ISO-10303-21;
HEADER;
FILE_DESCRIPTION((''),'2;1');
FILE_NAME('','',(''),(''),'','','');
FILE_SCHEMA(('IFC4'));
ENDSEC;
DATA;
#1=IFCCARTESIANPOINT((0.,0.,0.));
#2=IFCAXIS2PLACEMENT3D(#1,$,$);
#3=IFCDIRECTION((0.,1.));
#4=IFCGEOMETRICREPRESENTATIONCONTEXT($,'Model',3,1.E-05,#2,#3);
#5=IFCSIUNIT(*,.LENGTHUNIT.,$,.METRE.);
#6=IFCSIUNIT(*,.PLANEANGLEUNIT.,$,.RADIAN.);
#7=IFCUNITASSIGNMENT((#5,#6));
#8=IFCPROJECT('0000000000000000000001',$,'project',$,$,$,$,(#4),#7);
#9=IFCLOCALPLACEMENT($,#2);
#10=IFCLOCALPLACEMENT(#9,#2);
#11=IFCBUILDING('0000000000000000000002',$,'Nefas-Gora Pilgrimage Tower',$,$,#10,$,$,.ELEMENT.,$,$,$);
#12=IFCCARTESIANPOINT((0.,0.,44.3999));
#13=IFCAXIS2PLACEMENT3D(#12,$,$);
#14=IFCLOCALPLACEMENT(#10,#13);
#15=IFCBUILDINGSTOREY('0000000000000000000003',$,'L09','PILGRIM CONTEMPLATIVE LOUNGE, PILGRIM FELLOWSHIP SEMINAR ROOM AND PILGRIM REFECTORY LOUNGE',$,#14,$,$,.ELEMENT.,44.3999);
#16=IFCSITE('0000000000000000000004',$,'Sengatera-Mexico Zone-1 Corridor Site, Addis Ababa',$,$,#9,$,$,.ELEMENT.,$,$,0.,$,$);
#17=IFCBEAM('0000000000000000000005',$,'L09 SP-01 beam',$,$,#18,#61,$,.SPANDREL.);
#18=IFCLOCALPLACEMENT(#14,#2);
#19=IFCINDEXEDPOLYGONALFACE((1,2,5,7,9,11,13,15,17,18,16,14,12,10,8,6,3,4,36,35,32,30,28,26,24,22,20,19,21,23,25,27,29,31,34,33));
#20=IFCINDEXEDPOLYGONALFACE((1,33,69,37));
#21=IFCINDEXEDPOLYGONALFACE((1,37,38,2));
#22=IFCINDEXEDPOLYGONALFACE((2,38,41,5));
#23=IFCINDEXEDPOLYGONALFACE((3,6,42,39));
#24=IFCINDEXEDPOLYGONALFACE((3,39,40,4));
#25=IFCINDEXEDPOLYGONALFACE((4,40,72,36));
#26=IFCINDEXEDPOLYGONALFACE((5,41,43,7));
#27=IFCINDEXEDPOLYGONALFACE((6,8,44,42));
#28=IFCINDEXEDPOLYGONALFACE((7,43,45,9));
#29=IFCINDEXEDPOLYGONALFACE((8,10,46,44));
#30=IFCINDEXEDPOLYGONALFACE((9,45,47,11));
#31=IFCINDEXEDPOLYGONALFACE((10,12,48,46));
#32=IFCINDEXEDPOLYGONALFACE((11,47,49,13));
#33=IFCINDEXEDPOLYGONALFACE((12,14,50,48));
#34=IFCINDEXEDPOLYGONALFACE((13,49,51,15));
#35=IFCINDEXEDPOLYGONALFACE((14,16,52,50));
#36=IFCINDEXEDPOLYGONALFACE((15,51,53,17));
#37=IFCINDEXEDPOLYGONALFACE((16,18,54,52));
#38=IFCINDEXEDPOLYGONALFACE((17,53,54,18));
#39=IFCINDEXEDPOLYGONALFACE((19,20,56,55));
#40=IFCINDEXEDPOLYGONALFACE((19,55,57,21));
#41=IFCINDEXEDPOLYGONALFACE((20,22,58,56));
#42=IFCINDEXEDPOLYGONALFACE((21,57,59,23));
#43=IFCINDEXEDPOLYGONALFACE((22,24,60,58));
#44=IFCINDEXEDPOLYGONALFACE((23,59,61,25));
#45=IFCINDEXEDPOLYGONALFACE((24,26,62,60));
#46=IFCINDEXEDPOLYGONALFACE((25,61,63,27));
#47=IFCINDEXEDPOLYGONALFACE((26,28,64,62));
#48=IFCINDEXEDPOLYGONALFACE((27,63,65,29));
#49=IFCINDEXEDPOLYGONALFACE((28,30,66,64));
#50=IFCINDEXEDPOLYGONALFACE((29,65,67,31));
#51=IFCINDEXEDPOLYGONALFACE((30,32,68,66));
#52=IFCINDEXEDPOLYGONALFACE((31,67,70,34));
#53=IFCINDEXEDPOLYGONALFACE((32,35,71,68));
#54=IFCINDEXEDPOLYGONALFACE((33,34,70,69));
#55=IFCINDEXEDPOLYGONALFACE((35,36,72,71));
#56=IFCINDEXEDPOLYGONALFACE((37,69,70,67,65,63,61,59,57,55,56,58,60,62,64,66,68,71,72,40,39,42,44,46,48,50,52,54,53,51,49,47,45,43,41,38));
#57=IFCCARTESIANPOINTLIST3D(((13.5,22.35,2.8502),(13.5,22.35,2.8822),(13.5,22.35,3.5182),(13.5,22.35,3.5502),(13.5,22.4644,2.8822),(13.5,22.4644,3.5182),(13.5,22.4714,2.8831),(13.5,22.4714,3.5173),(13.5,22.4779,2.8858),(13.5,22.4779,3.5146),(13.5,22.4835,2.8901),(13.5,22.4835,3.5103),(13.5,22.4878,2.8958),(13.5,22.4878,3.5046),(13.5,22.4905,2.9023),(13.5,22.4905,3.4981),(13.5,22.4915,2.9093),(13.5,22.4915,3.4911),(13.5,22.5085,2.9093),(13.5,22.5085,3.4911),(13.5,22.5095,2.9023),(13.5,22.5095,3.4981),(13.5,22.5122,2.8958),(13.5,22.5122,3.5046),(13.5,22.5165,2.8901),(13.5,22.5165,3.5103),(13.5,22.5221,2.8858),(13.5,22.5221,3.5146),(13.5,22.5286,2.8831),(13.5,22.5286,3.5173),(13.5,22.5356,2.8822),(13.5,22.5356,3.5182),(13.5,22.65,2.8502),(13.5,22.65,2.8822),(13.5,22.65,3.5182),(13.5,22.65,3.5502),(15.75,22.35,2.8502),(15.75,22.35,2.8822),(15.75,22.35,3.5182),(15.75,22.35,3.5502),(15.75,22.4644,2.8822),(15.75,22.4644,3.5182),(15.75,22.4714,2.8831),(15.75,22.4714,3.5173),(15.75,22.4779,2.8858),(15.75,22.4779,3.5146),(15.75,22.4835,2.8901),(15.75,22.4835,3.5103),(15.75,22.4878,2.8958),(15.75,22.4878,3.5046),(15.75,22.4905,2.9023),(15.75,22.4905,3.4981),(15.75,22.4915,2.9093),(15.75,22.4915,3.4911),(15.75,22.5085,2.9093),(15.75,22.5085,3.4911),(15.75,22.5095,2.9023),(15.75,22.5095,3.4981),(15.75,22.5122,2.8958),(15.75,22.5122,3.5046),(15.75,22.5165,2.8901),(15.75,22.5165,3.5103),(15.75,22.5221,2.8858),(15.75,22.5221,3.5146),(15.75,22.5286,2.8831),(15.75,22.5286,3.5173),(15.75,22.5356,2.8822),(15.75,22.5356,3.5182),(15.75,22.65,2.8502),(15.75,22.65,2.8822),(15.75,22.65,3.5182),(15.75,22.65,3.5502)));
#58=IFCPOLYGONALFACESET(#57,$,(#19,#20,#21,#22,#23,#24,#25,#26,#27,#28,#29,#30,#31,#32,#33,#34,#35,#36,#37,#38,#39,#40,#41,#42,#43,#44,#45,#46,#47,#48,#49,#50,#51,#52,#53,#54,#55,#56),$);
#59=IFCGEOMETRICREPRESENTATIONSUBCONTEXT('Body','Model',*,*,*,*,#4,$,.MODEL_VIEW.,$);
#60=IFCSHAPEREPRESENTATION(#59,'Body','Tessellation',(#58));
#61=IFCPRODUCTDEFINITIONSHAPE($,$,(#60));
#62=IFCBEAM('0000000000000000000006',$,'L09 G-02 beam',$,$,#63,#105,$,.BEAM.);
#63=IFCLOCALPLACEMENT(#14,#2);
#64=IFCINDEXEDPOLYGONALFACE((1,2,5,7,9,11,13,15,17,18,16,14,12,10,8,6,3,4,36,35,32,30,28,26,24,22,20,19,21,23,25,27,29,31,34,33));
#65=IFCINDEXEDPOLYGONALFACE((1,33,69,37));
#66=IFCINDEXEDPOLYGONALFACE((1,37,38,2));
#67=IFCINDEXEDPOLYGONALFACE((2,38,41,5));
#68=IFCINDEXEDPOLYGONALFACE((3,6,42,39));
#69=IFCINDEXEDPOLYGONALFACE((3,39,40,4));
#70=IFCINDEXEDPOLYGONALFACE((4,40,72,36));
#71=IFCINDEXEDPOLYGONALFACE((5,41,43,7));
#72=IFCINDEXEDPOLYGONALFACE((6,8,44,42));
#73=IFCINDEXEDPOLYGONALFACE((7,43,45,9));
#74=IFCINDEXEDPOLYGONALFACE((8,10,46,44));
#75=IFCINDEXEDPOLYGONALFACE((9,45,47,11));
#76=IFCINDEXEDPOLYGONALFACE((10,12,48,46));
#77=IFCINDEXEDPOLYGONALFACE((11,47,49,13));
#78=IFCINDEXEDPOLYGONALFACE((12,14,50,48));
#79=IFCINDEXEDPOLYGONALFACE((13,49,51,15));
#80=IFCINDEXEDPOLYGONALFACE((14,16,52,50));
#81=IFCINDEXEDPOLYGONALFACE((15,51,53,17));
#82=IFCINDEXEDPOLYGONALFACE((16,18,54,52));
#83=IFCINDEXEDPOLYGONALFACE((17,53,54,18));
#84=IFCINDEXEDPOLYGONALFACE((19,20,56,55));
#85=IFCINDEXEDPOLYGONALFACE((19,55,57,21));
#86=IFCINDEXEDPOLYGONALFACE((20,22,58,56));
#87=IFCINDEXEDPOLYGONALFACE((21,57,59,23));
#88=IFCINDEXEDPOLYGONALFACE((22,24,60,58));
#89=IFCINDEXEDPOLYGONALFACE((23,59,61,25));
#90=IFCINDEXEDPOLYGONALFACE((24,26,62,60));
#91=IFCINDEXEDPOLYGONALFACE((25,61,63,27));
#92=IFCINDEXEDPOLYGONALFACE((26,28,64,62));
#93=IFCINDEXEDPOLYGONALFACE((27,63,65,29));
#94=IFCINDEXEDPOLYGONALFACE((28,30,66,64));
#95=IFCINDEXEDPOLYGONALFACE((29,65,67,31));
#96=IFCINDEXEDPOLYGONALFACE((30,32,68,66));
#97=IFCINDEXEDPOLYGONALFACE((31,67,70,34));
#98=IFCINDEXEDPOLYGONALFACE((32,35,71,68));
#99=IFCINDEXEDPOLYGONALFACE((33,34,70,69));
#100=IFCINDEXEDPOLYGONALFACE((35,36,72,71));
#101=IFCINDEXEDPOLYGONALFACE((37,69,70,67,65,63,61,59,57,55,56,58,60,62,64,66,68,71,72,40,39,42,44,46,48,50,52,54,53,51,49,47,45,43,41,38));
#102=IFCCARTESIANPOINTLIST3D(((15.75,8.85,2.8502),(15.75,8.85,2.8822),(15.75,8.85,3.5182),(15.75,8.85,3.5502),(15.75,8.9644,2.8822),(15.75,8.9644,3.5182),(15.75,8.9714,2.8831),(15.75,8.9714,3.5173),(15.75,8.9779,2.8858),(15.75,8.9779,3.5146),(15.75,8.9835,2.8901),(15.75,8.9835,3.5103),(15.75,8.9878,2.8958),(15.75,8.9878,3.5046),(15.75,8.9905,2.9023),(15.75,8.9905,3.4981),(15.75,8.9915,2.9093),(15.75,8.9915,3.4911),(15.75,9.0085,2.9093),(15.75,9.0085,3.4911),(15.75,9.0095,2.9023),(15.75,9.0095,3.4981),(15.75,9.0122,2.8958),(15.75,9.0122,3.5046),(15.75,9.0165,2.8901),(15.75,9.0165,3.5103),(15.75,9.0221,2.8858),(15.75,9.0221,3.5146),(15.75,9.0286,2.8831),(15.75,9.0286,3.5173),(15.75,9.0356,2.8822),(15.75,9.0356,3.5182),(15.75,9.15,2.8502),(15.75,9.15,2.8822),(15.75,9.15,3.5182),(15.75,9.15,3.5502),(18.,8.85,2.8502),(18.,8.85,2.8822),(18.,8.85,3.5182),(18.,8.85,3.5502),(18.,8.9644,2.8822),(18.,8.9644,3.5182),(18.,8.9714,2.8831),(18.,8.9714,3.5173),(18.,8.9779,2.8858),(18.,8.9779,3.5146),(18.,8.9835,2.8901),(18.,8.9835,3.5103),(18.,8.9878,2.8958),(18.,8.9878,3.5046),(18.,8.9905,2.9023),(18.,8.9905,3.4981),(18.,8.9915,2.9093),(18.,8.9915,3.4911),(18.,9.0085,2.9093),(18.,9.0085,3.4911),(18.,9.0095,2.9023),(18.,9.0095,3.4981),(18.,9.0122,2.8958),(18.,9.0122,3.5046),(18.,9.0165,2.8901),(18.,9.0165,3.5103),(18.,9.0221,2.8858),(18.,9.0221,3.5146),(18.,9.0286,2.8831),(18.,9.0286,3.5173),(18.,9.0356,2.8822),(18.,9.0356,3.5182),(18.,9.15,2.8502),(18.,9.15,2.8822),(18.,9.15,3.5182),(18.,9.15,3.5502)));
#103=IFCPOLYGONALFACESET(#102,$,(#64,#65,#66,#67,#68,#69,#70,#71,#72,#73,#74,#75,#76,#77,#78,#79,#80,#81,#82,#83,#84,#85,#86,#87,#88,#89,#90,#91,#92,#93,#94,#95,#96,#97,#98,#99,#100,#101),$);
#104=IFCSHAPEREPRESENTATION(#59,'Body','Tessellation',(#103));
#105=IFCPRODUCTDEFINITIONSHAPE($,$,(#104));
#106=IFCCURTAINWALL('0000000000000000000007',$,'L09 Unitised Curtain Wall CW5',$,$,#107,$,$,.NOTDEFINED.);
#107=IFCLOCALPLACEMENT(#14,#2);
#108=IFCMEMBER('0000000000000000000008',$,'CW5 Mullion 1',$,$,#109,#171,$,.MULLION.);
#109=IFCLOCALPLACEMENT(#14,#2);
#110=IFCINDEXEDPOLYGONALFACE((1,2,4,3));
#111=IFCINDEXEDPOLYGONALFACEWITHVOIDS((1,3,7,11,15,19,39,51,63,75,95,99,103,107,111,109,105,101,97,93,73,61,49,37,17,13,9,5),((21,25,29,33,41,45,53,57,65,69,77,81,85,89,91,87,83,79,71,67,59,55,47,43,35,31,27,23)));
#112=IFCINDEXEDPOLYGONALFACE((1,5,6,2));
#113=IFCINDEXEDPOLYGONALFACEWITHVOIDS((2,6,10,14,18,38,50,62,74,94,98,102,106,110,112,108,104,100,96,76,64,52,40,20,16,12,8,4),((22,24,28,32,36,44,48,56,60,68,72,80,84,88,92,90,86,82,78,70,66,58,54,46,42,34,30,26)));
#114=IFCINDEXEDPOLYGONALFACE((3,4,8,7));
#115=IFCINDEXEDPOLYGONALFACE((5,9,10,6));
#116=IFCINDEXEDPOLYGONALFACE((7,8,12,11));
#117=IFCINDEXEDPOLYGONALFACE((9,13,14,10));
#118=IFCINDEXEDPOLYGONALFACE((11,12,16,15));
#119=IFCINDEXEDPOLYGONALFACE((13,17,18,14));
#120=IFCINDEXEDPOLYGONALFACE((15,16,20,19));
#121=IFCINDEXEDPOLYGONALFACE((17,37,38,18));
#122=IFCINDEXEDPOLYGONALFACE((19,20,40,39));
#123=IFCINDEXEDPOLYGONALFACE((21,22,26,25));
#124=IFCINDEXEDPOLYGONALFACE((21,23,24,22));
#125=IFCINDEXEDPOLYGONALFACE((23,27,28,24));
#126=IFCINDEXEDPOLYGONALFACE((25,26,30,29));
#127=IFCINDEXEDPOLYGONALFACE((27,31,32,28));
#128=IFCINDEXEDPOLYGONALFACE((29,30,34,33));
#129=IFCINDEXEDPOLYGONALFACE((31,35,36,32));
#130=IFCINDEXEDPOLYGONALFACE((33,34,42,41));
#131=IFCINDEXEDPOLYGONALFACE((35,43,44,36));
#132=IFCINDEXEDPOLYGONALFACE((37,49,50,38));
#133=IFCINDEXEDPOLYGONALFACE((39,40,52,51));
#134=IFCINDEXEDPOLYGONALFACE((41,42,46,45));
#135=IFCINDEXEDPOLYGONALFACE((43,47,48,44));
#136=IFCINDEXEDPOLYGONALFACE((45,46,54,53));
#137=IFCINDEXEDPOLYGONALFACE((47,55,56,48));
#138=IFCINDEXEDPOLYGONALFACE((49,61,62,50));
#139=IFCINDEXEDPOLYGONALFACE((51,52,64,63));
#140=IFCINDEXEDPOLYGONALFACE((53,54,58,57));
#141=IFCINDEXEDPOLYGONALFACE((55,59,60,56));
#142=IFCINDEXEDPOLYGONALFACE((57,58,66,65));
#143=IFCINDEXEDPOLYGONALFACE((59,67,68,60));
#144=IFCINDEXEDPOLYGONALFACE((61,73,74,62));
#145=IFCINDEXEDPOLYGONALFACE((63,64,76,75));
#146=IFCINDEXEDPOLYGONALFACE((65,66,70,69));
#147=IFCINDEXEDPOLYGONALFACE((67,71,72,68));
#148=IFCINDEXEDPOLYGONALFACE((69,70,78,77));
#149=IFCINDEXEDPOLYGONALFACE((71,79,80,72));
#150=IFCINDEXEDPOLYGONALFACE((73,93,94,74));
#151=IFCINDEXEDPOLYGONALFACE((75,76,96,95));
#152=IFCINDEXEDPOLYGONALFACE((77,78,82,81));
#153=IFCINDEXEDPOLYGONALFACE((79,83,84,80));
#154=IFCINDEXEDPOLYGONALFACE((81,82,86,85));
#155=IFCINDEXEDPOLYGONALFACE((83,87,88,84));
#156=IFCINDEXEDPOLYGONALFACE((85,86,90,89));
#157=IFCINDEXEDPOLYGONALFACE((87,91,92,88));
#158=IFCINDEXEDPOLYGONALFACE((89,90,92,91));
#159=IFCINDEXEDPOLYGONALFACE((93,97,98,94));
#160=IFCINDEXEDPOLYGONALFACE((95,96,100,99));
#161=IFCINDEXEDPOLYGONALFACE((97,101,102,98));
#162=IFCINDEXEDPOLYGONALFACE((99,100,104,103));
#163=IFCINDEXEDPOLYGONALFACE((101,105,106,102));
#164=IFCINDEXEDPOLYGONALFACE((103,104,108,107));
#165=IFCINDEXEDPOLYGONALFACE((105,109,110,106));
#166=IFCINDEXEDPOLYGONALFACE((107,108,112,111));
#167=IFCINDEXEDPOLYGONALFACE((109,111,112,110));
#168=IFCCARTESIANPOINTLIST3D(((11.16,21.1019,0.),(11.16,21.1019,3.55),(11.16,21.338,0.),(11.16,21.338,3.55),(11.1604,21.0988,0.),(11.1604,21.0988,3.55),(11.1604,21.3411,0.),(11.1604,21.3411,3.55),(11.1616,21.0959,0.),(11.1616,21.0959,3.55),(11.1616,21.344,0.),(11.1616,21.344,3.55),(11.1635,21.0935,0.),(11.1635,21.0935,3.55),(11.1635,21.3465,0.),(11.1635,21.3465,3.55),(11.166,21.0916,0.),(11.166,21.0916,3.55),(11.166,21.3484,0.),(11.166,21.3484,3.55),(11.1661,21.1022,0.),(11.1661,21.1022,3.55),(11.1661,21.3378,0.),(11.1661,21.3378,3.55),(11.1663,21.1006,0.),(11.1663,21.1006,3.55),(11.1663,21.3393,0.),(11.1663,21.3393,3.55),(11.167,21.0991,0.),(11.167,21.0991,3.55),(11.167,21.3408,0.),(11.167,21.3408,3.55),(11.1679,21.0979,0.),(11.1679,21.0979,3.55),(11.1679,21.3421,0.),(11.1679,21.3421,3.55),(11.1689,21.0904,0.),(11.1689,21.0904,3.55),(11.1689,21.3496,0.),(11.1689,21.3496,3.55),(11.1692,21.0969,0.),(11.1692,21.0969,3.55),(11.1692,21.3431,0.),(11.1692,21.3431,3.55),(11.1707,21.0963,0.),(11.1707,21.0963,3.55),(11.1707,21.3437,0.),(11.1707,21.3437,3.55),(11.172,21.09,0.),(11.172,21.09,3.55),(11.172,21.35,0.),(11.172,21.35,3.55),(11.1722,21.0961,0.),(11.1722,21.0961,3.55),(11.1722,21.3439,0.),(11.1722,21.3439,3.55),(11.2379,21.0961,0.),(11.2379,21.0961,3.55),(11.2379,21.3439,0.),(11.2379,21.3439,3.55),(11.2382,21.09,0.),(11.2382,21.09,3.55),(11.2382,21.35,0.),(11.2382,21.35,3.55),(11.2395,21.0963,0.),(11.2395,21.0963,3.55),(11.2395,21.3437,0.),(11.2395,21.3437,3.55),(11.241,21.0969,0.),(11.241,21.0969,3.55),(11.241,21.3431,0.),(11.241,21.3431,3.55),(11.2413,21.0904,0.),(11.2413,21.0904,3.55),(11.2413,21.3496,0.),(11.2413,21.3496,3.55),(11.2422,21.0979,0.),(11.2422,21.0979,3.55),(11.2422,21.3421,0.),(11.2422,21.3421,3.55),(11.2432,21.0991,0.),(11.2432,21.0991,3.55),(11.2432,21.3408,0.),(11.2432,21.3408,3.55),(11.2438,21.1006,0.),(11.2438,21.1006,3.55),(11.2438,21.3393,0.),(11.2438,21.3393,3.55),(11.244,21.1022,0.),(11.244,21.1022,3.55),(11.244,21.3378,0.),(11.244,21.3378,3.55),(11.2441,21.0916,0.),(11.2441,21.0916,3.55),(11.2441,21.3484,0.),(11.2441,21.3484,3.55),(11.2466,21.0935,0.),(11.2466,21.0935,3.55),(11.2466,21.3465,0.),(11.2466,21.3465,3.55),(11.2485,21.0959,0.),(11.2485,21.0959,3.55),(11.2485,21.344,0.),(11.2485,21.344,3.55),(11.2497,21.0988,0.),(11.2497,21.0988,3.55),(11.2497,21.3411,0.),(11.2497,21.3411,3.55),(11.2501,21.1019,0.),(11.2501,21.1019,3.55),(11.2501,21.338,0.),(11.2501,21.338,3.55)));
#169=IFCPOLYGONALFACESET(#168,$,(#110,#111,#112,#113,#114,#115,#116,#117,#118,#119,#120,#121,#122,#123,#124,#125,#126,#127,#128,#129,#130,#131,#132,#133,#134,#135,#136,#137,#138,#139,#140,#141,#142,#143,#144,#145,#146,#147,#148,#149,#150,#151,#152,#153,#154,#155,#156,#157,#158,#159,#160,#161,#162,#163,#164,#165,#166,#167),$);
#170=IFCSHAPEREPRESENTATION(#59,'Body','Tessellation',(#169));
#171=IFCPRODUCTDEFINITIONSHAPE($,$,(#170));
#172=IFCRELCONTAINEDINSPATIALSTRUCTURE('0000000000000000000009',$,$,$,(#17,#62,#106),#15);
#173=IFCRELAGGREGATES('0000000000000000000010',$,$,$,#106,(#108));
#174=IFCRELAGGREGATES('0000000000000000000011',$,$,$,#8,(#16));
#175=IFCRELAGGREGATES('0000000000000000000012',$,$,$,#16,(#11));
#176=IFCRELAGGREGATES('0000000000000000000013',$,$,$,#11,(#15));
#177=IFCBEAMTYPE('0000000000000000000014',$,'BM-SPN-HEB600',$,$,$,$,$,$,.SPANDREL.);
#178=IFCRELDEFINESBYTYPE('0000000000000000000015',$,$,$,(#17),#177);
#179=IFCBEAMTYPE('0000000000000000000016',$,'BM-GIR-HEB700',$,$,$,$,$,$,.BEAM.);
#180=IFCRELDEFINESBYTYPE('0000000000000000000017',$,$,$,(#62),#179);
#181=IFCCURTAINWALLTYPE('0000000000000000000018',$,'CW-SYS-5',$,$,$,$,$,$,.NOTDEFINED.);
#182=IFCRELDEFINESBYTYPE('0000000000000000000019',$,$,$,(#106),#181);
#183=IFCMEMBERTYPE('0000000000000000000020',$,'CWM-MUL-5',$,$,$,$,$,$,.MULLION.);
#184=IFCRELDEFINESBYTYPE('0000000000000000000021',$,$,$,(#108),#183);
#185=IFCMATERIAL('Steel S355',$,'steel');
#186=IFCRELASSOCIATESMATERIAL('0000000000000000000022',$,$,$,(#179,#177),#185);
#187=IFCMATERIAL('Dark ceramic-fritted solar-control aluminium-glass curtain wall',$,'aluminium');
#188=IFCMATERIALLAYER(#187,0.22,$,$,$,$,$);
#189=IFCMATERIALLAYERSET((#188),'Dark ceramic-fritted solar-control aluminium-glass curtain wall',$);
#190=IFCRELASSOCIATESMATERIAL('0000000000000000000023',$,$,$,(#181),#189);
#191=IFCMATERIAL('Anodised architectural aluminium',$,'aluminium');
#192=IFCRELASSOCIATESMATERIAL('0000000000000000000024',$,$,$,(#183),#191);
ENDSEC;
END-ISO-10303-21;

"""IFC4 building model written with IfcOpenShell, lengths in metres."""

from ifc_helpers import new_model, si_unit, direction, frame, origin, origin_2d, place, context, subcontext, project, spatial, hollow_rectangle, i_section, extrude, source, transform, mapped, material, layer, layer_set, material_profile, profile_set, type_object, element, aggregate, save


model = new_model("IFC4")

# Units and contexts
model_context = context("Model", 3, precision=1e-05, world=origin(), true_north=direction((0.0, 1.0)))
body_context = subcontext(model_context, "Body", "Model", "MODEL_VIEW")
ifc_project = project(units=[si_unit("LENGTHUNIT", "METRE"), si_unit("PLANEANGLEUNIT", "RADIAN")], contexts=[model_context])

# Site, building, storey
site_placement = place(None, origin())
site = spatial("IfcSite", under=ifc_project, at=site_placement, Name="Sengatera-Mexico Zone-1 Corridor Site, Addis Ababa", CompositionType="ELEMENT", RefElevation=0.0)
building_placement = place(site_placement, origin())
building = spatial("IfcBuilding", under=site, at=building_placement, Name="Nefas-Gora Pilgrimage Tower", CompositionType="ELEMENT")
storey_placement = place(building_placement, frame((0.0, 0.0, 44.3999)))
storey = spatial("IfcBuildingStorey", under=building, at=storey_placement, Name="L09", Description="PILGRIM CONTEMPLATIVE LOUNGE, PILGRIM FELLOWSHIP SEMINAR ROOM AND PILGRIM REFECTORY LOUNGE", CompositionType="ELEMENT", Elevation=44.3999)

# Beams
ifc_material_1 = material(Name="Steel S355", Category="steel")
ifc_material_profile_1 = material_profile(ifc_material_1, i_section(OverallWidth=0.3, OverallDepth=0.7, WebThickness=0.0171, FlangeThickness=0.032, FilletRadius=0.0271, at=origin_2d()), Name="HEB 700")
ifc_profile_set_1 = profile_set([ifc_material_profile_1], Name="Steel S355")
beam_type_1 = type_object("IfcBeamType", Name="BM-GIR-HEB700", PredefinedType="BEAM", material=ifc_profile_set_1)
ifc_material_profile_2 = material_profile(ifc_material_1, i_section(OverallWidth=0.3, OverallDepth=0.7, WebThickness=0.0171, FlangeThickness=0.032, FilletRadius=0.0271, at=origin_2d()), Name="HEB 700")
ifc_profile_set_2 = profile_set([ifc_material_profile_2], Name="Steel S355")
beam_type_2 = type_object("IfcBeamType", Name="BM-SPN-HEB600", PredefinedType="SPANDREL", material=ifc_profile_set_2)
shared_shape_1 = source(origin(), body_context, "Body", "SweptSolid", [
    extrude(i_section(OverallWidth=0.3, OverallDepth=0.7, WebThickness=0.0171, FlangeThickness=0.032, FilletRadius=0.0271, at=origin_2d()), origin(), (0.0, 0.0, 1.0), 2.25),
])
beam_1_placement = place(storey_placement, frame((13.5, 22.5, 3.2002), z_axis=(1.0, 0.0, 0.0), x_axis=(0.0, 1.0, 0.0)))
element("IfcBeam", 1, at=beam_1_placement, inside=storey, type_object=beam_type_2, Name="L09 SP-01 beam", PredefinedType="SPANDREL", context=body_context, shape_type="MappedRepresentation", body=[
    mapped(shared_shape_1, transform((0.0, 0.0, 0.0), x_axis=(1.0, 0.0, 0.0), y_axis=(0.0, 1.0, 0.0), z_axis=(0.0, 0.0, 1.0), scale=1.0)),
])
shared_shape_2 = source(origin(), body_context, "Body", "SweptSolid", [
    extrude(i_section(OverallWidth=0.3, OverallDepth=0.7, WebThickness=0.0171, FlangeThickness=0.032, FilletRadius=0.0271, at=origin_2d()), origin(), (0.0, 0.0, 1.0), 2.25),
])
beam_2_placement = place(storey_placement, frame((15.75, 9.0, 3.2002), z_axis=(1.0, 0.0, 0.0), x_axis=(0.0, 1.0, 0.0)))
element("IfcBeam", 2, at=beam_2_placement, inside=storey, type_object=beam_type_1, Name="L09 G-02 beam", PredefinedType="BEAM", context=body_context, shape_type="MappedRepresentation", body=[
    mapped(shared_shape_2, transform((0.0, 0.0, 0.0), x_axis=(1.0, 0.0, 0.0), y_axis=(0.0, 1.0, 0.0), z_axis=(0.0, 0.0, 1.0), scale=1.0)),
])

# Curtain wall, member
ifc_material_2 = material(Name="Dark ceramic-fritted solar-control aluminium-glass curtain wall", Category="aluminium")
ifc_layer_1 = layer(ifc_material_2, 0.22)
ifc_layer_set_1 = layer_set([ifc_layer_1], Name="Dark ceramic-fritted solar-control aluminium-glass curtain wall")
curtain_wall_type_1 = type_object("IfcCurtainWallType", Name="CW-SYS-5", PredefinedType="NOTDEFINED", material=ifc_layer_set_1)
curtain_wall_1_placement = place(storey_placement, origin())
curtain_wall_1 = element("IfcCurtainWall", 3, at=curtain_wall_1_placement, inside=storey, type_object=curtain_wall_type_1, Name="L09 Unitised Curtain Wall CW5", PredefinedType="NOTDEFINED")
ifc_material_3 = material(Name="Anodised architectural aluminium", Category="aluminium")
ifc_material_profile_3 = material_profile(ifc_material_3, hollow_rectangle(XDim=0.0901, YDim=0.26, WallThickness=0.0061, InnerFilletRadius=0.0061, OuterFilletRadius=0.012, at=origin_2d()), Name="ALU MULLION 90x260")
ifc_profile_set_3 = profile_set([ifc_material_profile_3], Name="Anodised architectural aluminium")
member_type_1 = type_object("IfcMemberType", Name="CWM-MUL-5", PredefinedType="MULLION", material=ifc_profile_set_3)
shared_shape_3 = source(origin(), body_context, "Body", "SweptSolid", [
    extrude(hollow_rectangle(XDim=0.0901, YDim=0.26, WallThickness=0.0061, InnerFilletRadius=0.0061, OuterFilletRadius=0.012, at=origin_2d()), origin(), (0.0, 0.0, 1.0), 3.55),
])
member_1_placement = place(storey_placement, frame((11.2051, 21.22, 0.0), z_axis=(0.0, 0.0, 1.0), x_axis=(-1.0, 0.0, 0.0)))
member_1 = element("IfcMember", 4, at=member_1_placement, type_object=member_type_1, Name="CW5 Mullion 1", PredefinedType="MULLION", context=body_context, shape_type="MappedRepresentation", body=[
    mapped(shared_shape_3, transform((0.0, 0.0, 0.0), x_axis=(1.0, 0.0, 0.0), y_axis=(0.0, 1.0, 0.0), z_axis=(0.0, 0.0, 1.0), scale=1.0)),
])

aggregate(curtain_wall_1, [member_1])

save(model, "model.ifc")
